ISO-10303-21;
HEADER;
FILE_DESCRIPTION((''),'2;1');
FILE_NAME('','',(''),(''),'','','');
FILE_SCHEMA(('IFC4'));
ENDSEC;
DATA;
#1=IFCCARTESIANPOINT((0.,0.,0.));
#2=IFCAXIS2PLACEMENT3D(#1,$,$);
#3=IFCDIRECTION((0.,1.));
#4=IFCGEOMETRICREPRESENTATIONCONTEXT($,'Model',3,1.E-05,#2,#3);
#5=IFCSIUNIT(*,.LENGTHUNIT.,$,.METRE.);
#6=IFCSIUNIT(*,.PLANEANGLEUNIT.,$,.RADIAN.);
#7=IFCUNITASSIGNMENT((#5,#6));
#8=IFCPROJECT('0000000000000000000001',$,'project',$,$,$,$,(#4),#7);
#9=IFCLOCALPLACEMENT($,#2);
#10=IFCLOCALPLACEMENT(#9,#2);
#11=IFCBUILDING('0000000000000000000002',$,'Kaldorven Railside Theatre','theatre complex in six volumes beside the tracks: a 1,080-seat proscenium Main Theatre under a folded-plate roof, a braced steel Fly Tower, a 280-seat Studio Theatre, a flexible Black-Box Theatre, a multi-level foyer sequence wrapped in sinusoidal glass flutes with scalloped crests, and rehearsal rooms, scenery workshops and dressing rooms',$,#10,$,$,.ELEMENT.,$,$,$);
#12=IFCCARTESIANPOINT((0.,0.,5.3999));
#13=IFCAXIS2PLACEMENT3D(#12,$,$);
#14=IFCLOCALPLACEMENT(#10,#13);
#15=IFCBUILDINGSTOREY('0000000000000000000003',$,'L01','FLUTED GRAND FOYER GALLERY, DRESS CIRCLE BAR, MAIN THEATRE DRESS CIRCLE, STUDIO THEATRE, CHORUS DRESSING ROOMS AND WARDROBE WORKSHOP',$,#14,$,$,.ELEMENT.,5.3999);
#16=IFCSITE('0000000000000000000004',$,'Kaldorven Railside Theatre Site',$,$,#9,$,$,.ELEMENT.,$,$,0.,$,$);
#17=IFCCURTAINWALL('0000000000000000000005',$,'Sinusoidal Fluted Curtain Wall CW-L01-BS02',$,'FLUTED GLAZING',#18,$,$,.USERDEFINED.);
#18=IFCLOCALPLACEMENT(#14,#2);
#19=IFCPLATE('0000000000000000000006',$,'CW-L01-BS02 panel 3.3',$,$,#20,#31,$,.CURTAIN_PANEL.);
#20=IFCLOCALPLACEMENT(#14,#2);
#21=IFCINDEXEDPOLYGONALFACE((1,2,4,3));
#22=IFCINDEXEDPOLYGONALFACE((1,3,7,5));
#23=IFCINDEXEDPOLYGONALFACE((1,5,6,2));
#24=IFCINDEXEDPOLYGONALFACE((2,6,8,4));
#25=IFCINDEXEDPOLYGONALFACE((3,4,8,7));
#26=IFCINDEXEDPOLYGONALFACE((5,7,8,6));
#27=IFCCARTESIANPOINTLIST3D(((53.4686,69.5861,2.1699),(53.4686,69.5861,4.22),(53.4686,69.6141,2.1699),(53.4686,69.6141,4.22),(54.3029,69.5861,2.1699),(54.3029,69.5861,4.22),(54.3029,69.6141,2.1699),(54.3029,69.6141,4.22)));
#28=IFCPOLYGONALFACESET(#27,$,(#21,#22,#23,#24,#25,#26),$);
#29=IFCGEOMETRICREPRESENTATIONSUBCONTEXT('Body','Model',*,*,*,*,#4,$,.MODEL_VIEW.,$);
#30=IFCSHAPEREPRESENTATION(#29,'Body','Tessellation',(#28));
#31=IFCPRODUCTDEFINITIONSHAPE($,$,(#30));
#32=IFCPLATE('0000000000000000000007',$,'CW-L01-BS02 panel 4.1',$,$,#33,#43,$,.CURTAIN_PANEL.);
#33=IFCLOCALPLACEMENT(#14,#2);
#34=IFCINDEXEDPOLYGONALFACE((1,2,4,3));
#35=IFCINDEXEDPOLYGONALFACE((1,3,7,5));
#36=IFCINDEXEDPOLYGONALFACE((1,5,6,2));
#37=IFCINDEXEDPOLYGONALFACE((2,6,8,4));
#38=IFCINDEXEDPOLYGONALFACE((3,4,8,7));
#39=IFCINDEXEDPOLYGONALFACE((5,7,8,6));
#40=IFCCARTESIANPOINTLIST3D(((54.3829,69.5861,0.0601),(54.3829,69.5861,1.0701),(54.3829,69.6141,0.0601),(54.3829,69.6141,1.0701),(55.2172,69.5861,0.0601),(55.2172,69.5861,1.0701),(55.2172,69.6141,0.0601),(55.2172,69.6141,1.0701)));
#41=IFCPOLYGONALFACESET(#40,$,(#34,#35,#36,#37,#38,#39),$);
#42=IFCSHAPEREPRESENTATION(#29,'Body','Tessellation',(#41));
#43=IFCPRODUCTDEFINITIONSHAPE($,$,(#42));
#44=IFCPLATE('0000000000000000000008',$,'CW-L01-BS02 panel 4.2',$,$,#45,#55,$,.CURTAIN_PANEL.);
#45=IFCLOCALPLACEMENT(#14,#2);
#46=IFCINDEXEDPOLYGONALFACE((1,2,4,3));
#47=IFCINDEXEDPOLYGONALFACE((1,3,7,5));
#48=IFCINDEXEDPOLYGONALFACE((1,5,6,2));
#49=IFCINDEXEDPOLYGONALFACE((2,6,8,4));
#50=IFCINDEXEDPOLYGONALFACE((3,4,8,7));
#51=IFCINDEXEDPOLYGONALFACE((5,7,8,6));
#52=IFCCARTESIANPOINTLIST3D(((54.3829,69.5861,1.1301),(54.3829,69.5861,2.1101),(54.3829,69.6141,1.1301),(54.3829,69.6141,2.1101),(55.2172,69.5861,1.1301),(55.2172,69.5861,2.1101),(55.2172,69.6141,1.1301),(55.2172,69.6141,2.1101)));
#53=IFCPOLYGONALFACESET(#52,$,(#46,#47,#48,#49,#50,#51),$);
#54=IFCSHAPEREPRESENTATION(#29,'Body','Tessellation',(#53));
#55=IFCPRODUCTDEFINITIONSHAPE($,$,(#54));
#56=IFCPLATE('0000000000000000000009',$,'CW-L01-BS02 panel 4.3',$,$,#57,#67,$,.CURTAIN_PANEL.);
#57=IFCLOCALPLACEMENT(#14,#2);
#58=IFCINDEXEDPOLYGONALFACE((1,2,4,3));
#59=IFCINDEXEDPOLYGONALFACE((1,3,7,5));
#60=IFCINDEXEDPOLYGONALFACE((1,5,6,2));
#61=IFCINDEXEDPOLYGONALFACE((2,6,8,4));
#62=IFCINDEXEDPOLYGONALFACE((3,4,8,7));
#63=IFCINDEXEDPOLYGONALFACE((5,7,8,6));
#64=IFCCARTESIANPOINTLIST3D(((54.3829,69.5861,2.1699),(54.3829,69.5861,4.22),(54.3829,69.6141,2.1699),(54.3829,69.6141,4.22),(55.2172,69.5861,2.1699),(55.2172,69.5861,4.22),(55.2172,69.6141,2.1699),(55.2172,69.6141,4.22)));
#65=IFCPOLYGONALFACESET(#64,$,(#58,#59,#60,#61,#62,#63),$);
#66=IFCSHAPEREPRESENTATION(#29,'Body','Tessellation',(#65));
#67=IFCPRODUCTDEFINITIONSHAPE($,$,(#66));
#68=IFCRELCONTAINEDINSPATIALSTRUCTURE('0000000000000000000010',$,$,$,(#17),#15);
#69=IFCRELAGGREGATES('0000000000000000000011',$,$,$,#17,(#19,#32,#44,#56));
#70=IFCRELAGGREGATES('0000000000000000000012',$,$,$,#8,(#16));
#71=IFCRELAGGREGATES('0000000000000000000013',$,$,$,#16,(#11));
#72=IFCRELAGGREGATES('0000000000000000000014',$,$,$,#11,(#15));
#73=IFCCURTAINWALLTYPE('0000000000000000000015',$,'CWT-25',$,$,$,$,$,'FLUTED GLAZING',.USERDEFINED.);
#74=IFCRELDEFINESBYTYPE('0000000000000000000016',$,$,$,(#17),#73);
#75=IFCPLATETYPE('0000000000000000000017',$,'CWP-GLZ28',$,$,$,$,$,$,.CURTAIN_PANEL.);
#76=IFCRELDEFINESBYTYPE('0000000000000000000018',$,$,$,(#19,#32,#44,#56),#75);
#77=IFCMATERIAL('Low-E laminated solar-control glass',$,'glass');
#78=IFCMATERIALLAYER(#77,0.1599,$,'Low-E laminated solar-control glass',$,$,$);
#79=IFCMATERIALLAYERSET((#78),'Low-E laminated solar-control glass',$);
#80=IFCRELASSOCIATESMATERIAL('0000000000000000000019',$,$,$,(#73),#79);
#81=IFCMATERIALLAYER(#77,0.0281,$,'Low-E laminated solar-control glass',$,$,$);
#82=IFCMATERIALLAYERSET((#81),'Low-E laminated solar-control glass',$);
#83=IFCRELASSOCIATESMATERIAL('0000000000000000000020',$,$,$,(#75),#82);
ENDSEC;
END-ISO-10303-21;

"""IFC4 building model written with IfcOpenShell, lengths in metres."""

from ifc_helpers import new_model, si_unit, direction, frame, origin, origin_2d, place, context, subcontext, project, spatial, rectangle, extrude, material, layer, layer_set, type_object, element, aggregate, save


model = new_model("IFC4")

# Units and contexts
model_context = context("Model", 3, precision=1e-05, world=origin(), true_north=direction((0.0, 1.0)))
body_context = subcontext(model_context, "Body", "Model", "MODEL_VIEW")
ifc_project = project(units=[si_unit("LENGTHUNIT", "METRE"), si_unit("PLANEANGLEUNIT", "RADIAN")], contexts=[model_context])

# Site, building, storey
site_placement = place(None, origin())
site = spatial("IfcSite", under=ifc_project, at=site_placement, Name="Kaldorven Railside Theatre Site", CompositionType="ELEMENT", RefElevation=0.0)
building_placement = place(site_placement, origin())
building = spatial("IfcBuilding", under=site, at=building_placement, Name="Kaldorven Railside Theatre", Description="theatre complex in six volumes beside the tracks: a 1,080-seat proscenium Main Theatre under a folded-plate roof, a braced steel Fly Tower, a 280-seat Studio Theatre, a flexible Black-Box Theatre, a multi-level foyer sequence wrapped in sinusoidal glass flutes with scalloped crests, and rehearsal rooms, scenery workshops and dressing rooms", CompositionType="ELEMENT")
storey_placement = place(building_placement, frame((0.0, 0.0, 5.3999)))
storey = spatial("IfcBuildingStorey", under=building, at=storey_placement, Name="L01", Description="FLUTED GRAND FOYER GALLERY, DRESS CIRCLE BAR, MAIN THEATRE DRESS CIRCLE, STUDIO THEATRE, CHORUS DRESSING ROOMS AND WARDROBE WORKSHOP", CompositionType="ELEMENT", Elevation=5.3999)

# Curtain wall, plates
ifc_material_1 = material(Name="Low-E laminated solar-control glass", Category="glass")
ifc_layer_1 = layer(ifc_material_1, 0.1599, Name="Low-E laminated solar-control glass")
ifc_layer_set_1 = layer_set([ifc_layer_1], Name="Low-E laminated solar-control glass")
curtain_wall_type = type_object("IfcCurtainWallType", Name="CWT-25", ElementType="FLUTED GLAZING", PredefinedType="USERDEFINED", material=ifc_layer_set_1)
curtain_wall_placement = place(storey_placement, origin())
curtain_wall = element("IfcCurtainWall", 1, at=curtain_wall_placement, inside=storey, type_object=curtain_wall_type, Name="Sinusoidal Fluted Curtain Wall CW-L01-BS02", ObjectType="FLUTED GLAZING", PredefinedType="USERDEFINED")
ifc_layer_2 = layer(ifc_material_1, 0.0281, Name="Low-E laminated solar-control glass")
ifc_layer_set_2 = layer_set([ifc_layer_2], Name="Low-E laminated solar-control glass")
plate_type = type_object("IfcPlateType", Name="CWP-GLZ28", PredefinedType="CURTAIN_PANEL", material=ifc_layer_set_2)
plate_1_placement = place(storey_placement, frame((53.8857, 69.6001, 2.1699), z_axis=(0.0, 0.0, 1.0), x_axis=(1.0, 0.0, 0.0)))
plate_1 = element("IfcPlate", 2, at=plate_1_placement, type_object=plate_type, Name="CW-L01-BS02 panel 3.3", PredefinedType="CURTAIN_PANEL", context=body_context, shape_type="SweptSolid", body=[
    extrude(rectangle(XDim=0.8342, YDim=0.0281, at=origin_2d()), origin(), (0.0, 0.0, 1.0), 2.05),
])
plate_2_placement = place(storey_placement, frame((54.8, 69.6001, 0.0601), z_axis=(0.0, 0.0, 1.0), x_axis=(1.0, 0.0, 0.0)))
plate_2 = element("IfcPlate", 3, at=plate_2_placement, type_object=plate_type, Name="CW-L01-BS02 panel 4.1", PredefinedType="CURTAIN_PANEL", context=body_context, shape_type="SweptSolid", body=[
    extrude(rectangle(XDim=0.8342, YDim=0.0281, at=origin_2d()), origin(), (0.0, 0.0, 1.0), 1.01),
])
plate_3_placement = place(storey_placement, frame((54.8, 69.6001, 1.1301), z_axis=(0.0, 0.0, 1.0), x_axis=(1.0, 0.0, 0.0)))
plate_3 = element("IfcPlate", 4, at=plate_3_placement, type_object=plate_type, Name="CW-L01-BS02 panel 4.2", PredefinedType="CURTAIN_PANEL", context=body_context, shape_type="SweptSolid", body=[
    extrude(rectangle(XDim=0.8342, YDim=0.0281, at=origin_2d()), origin(), (0.0, 0.0, 1.0), 0.98),
])
plate_4_placement = place(storey_placement, frame((54.8, 69.6001, 2.1699), z_axis=(0.0, 0.0, 1.0), x_axis=(1.0, 0.0, 0.0)))
plate_4 = element("IfcPlate", 5, at=plate_4_placement, type_object=plate_type, Name="CW-L01-BS02 panel 4.3", PredefinedType="CURTAIN_PANEL", context=body_context, shape_type="SweptSolid", body=[
    extrude(rectangle(XDim=0.8342, YDim=0.0281, at=origin_2d()), origin(), (0.0, 0.0, 1.0), 2.05),
])
aggregate(curtain_wall, [plate_1, plate_2, plate_3, plate_4])

save(model, "model.ifc")
